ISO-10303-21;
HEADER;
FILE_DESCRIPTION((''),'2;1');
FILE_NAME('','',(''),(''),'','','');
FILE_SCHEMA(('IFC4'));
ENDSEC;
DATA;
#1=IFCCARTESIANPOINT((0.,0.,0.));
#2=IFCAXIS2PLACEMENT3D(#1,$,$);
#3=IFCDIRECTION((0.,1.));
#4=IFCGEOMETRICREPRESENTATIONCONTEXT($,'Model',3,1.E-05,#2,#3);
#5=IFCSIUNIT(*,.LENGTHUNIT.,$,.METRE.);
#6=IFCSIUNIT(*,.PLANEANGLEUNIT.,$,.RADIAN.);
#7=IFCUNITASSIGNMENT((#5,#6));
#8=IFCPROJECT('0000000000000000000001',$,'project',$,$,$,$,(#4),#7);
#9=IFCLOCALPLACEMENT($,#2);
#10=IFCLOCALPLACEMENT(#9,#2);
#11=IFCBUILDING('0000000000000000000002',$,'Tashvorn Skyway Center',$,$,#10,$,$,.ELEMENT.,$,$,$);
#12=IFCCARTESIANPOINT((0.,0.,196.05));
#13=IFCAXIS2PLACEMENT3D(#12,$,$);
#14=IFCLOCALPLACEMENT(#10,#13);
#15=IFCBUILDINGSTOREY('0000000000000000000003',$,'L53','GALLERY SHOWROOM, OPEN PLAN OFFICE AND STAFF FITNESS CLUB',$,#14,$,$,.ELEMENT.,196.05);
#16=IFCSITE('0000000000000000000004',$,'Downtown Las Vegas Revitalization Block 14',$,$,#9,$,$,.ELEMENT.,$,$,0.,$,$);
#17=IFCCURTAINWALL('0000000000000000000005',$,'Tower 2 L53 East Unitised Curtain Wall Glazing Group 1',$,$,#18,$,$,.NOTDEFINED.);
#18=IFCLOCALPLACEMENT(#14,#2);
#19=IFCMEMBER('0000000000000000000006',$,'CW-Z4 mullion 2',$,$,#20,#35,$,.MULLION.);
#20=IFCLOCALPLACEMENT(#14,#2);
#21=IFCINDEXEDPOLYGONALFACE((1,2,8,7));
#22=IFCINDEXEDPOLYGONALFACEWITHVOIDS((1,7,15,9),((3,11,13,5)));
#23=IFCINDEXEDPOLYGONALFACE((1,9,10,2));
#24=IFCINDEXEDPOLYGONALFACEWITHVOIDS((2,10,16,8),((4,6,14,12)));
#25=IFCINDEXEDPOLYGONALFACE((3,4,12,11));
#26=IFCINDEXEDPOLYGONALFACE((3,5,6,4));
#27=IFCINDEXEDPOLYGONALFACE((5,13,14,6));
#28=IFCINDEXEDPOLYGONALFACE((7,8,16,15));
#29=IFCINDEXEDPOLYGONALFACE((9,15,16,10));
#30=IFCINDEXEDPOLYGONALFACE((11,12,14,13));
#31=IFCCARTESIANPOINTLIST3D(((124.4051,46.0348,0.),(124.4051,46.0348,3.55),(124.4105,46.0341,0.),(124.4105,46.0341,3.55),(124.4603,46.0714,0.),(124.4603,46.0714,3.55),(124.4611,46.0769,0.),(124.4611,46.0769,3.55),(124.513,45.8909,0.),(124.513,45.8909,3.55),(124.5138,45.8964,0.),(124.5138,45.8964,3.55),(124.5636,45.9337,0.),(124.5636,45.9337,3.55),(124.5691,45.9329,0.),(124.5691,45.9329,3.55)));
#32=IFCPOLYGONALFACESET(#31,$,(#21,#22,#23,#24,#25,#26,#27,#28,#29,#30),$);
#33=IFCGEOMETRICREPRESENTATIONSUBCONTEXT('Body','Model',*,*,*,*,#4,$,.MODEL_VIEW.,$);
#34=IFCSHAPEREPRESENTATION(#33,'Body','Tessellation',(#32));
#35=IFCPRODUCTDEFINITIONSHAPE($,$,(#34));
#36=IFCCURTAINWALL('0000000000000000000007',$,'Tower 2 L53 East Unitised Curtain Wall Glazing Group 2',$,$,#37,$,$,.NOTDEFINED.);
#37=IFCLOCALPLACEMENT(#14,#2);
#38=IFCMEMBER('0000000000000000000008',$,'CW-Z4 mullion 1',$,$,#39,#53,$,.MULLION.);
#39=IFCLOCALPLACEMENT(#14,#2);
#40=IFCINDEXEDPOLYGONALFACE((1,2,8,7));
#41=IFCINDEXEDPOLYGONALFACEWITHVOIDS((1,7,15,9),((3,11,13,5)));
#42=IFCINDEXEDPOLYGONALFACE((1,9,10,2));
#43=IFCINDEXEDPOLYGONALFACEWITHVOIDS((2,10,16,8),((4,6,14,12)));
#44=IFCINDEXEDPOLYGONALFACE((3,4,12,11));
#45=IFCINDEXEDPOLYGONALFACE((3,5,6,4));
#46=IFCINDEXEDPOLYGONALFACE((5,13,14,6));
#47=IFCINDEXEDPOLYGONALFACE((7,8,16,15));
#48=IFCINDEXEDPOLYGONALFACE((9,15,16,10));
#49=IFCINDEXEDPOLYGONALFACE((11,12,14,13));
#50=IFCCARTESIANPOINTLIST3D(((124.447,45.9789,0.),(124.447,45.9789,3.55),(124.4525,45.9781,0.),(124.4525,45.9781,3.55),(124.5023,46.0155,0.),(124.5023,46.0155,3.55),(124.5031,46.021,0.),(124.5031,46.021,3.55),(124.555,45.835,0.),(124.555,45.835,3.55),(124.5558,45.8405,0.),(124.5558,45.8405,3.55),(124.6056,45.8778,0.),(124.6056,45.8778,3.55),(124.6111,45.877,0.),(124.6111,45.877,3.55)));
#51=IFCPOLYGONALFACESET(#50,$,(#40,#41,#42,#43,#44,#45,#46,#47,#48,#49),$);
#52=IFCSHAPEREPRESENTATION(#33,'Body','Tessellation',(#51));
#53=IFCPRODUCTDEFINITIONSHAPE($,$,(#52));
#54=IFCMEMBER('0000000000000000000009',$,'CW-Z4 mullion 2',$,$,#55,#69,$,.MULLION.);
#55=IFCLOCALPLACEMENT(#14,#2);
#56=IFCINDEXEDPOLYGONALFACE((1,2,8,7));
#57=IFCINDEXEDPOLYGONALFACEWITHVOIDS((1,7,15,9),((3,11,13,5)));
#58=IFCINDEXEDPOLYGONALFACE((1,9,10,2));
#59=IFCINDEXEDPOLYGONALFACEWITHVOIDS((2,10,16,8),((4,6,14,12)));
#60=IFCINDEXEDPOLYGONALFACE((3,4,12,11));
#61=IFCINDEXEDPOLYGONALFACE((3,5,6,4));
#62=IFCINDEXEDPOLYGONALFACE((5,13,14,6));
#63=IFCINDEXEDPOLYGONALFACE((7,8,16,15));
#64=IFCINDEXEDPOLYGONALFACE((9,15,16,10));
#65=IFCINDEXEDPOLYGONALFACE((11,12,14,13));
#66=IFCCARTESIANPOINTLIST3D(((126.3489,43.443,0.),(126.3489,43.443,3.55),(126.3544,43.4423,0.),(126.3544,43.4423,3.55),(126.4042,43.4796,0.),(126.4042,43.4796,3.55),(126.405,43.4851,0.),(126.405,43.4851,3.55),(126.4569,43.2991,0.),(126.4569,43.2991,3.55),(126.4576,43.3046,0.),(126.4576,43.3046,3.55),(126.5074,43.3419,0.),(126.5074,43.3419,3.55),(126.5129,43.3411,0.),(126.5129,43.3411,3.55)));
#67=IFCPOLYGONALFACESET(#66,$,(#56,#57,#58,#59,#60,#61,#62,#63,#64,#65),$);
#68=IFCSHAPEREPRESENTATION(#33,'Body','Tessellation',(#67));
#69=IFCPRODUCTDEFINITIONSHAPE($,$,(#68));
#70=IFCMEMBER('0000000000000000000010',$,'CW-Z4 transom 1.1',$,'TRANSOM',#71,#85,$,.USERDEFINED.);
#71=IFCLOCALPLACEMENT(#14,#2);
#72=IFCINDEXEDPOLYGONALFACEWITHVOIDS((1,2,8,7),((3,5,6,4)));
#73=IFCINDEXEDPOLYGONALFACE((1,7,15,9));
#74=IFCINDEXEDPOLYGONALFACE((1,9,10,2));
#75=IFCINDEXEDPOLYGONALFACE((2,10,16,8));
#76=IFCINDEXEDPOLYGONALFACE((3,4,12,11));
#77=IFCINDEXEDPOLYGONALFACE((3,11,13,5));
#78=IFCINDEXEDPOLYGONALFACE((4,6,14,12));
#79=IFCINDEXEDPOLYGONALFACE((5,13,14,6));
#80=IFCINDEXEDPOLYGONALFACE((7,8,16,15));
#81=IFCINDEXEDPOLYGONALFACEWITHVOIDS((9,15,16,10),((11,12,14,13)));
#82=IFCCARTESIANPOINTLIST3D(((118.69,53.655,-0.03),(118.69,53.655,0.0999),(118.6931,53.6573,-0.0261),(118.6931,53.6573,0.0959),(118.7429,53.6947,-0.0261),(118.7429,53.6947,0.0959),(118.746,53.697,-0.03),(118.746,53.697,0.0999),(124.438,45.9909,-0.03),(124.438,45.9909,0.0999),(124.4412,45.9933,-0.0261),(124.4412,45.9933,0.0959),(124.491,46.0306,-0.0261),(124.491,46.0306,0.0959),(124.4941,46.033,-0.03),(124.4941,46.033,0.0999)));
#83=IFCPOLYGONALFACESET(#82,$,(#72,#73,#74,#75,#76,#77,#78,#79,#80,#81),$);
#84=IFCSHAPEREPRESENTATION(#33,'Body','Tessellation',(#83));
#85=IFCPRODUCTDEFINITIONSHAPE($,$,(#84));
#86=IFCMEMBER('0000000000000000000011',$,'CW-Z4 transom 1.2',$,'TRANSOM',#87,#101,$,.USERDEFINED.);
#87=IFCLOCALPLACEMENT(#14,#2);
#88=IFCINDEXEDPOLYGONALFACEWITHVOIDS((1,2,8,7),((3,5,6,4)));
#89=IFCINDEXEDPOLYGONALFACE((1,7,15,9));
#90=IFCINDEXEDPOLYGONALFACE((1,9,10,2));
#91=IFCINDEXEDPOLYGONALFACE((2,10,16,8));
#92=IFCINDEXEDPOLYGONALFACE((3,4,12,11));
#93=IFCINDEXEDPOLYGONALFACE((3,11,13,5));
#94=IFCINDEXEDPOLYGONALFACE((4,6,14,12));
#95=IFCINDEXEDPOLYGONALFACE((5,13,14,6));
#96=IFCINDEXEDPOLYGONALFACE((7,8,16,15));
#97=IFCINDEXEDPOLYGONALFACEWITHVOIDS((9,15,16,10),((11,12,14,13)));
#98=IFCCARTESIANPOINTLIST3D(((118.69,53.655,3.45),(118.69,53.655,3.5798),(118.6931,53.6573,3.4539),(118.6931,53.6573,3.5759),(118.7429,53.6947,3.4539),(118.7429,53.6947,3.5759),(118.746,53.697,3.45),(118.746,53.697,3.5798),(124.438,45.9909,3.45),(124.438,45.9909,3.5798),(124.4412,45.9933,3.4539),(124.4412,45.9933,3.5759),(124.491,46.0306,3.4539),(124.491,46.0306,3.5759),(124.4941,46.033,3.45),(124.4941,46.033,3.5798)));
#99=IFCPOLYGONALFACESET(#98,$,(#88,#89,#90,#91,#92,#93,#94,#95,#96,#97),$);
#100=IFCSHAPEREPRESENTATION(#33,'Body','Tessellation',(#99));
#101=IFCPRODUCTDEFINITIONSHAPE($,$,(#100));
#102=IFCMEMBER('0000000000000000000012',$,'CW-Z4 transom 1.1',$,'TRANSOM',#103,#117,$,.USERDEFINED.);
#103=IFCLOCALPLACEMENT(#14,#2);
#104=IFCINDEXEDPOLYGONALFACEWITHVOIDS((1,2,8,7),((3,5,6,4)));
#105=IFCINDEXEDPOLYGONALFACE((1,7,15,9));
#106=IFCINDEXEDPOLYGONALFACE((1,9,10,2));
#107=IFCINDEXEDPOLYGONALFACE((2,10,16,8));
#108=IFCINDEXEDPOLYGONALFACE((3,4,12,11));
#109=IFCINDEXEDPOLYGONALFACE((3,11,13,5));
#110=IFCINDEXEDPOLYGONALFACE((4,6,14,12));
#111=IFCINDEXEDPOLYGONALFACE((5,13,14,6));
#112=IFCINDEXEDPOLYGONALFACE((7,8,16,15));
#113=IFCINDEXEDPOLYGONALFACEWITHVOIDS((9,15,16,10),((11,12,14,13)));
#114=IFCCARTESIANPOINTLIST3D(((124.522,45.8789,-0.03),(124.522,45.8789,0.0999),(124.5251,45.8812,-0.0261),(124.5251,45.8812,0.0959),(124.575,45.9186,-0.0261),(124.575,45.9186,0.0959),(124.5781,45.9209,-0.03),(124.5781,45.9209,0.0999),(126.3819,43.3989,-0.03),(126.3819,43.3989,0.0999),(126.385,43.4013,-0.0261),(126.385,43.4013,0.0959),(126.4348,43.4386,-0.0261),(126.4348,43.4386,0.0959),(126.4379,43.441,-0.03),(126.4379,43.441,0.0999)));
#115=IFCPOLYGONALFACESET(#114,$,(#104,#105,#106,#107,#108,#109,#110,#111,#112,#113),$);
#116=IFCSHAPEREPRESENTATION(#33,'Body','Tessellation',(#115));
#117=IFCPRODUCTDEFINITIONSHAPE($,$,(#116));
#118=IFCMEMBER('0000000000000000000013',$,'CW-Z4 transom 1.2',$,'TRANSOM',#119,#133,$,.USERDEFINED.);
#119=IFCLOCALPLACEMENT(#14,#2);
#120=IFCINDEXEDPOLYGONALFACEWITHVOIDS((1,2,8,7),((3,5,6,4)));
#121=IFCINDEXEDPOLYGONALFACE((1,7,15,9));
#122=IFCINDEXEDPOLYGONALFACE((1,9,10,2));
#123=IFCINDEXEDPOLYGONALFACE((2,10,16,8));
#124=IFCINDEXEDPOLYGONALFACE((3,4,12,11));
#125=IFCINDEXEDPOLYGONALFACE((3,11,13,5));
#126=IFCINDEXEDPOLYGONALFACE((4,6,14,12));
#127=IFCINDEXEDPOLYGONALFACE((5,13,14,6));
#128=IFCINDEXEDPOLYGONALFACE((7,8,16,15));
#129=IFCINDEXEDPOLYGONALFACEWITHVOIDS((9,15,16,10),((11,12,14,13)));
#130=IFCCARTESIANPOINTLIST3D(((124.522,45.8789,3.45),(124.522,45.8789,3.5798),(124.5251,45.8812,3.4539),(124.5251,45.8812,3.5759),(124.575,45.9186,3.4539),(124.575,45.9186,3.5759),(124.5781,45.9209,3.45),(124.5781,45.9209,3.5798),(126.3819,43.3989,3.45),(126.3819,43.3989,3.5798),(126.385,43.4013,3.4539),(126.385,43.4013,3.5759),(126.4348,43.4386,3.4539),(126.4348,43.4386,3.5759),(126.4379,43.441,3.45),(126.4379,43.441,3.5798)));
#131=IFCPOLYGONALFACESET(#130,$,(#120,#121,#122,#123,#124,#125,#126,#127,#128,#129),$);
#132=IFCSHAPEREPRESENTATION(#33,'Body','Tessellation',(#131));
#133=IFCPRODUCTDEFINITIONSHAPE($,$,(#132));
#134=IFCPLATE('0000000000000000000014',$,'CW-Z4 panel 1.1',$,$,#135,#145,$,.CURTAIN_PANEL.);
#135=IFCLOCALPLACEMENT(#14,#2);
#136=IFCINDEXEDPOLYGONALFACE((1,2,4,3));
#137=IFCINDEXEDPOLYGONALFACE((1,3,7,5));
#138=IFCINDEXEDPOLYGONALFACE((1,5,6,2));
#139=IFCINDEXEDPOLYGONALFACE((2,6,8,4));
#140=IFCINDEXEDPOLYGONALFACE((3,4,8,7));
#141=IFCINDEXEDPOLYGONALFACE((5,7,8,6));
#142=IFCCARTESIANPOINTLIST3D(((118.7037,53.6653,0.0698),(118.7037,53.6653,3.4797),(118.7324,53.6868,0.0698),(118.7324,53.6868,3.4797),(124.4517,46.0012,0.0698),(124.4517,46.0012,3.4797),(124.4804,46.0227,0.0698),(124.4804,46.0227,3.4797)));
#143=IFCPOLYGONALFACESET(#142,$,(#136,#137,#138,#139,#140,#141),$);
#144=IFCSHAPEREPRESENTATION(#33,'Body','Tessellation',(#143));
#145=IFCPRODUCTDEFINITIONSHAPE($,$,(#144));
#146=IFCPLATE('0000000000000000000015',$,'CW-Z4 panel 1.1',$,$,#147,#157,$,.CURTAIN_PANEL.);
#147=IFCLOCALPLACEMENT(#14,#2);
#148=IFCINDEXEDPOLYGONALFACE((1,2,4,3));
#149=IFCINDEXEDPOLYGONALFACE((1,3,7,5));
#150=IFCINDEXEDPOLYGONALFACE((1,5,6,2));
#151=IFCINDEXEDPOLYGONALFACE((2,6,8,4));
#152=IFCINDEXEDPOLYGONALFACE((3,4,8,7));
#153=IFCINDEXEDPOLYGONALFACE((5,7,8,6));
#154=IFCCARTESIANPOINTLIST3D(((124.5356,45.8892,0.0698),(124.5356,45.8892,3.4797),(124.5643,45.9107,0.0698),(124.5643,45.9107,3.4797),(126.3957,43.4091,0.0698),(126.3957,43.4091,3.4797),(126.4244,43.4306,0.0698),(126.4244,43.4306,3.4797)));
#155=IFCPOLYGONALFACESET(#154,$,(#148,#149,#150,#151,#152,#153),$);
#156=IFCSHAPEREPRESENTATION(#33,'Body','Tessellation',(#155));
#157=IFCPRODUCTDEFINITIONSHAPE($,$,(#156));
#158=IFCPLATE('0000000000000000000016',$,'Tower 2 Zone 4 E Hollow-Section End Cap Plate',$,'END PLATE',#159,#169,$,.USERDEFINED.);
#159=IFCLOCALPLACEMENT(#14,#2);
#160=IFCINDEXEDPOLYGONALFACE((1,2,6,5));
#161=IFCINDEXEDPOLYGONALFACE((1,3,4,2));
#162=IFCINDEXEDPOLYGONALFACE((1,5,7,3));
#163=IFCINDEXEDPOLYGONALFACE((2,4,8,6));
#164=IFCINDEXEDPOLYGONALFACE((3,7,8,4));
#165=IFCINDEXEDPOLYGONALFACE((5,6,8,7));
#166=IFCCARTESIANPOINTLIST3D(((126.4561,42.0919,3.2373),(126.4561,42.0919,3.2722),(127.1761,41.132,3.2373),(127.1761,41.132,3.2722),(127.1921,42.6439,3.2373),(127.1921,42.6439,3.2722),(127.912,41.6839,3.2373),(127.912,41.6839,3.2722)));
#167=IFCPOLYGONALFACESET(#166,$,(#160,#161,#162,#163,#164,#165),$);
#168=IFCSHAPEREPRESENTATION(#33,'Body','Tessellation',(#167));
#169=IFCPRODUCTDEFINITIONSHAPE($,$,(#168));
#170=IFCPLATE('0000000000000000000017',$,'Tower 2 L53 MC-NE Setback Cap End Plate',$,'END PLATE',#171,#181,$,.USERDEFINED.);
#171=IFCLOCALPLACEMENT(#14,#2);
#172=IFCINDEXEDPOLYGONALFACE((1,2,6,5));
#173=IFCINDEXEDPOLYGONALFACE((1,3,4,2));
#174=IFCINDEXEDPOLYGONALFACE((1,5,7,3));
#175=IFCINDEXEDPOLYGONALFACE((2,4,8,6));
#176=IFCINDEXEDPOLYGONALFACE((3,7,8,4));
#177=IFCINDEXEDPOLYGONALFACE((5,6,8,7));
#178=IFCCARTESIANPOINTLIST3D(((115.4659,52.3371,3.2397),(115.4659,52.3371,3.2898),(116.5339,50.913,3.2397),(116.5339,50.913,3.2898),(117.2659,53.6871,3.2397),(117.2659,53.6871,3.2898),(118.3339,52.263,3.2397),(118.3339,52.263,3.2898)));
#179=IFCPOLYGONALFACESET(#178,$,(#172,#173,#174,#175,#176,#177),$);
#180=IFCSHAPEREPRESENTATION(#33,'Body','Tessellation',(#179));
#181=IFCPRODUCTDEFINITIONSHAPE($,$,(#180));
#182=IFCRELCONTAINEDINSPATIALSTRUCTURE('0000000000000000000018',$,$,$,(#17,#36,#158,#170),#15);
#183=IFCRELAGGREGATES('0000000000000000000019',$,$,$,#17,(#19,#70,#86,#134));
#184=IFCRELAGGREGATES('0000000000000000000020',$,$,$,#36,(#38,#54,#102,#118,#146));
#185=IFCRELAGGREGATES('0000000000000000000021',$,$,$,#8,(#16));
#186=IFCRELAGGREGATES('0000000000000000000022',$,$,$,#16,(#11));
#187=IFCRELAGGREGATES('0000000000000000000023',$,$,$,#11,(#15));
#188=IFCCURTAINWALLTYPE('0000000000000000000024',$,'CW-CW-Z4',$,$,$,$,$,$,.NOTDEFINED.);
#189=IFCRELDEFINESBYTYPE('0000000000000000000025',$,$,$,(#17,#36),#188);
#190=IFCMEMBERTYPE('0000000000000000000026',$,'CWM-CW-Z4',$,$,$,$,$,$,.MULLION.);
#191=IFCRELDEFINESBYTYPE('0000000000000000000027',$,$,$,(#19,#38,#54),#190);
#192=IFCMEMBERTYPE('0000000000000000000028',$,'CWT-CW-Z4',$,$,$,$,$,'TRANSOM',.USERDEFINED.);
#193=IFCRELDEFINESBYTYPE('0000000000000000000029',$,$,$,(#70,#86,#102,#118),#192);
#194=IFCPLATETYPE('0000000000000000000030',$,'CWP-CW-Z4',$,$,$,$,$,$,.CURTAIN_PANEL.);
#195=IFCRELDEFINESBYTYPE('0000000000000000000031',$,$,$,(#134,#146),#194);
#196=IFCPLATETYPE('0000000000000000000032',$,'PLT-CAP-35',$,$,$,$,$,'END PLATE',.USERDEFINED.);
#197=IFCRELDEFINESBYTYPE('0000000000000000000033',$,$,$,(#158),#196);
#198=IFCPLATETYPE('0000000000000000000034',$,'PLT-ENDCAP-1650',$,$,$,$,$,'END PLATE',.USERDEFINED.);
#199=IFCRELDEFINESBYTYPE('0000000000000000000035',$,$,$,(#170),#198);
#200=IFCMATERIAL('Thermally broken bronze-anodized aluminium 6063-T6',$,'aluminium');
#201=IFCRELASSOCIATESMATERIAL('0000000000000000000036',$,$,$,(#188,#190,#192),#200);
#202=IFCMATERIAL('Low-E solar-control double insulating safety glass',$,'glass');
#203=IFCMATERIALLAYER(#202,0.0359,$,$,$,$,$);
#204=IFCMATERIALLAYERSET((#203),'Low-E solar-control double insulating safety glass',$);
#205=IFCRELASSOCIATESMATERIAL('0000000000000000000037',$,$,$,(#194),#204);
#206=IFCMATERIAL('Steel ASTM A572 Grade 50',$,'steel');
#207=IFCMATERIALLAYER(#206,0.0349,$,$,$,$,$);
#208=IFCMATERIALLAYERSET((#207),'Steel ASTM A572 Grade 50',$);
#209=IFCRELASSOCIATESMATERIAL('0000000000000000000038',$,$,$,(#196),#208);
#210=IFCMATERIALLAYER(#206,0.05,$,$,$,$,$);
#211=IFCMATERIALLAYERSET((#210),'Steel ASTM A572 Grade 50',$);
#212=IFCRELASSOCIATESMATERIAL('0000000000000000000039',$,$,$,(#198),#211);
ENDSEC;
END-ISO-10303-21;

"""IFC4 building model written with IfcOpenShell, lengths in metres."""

from ifc_helpers import new_model, si_unit, direction, frame, origin, origin_2d, place, context, subcontext, project, spatial, rectangle, hollow_rectangle, extrude, material, layer, layer_set, material_profile, profile_set, type_object, element, aggregate, save


model = new_model("IFC4")

# Units and contexts
model_context = context("Model", 3, precision=1e-05, world=origin(), true_north=direction((0.0, 1.0)))
body_context = subcontext(model_context, "Body", "Model", "MODEL_VIEW")
ifc_project = project(units=[si_unit("LENGTHUNIT", "METRE"), si_unit("PLANEANGLEUNIT", "RADIAN")], contexts=[model_context])

# Site, building, storey
site_placement = place(None, origin())
site = spatial("IfcSite", under=ifc_project, at=site_placement, Name="Downtown Las Vegas Revitalization Block 14", CompositionType="ELEMENT", RefElevation=0.0)
building_placement = place(site_placement, origin())
building = spatial("IfcBuilding", under=site, at=building_placement, Name="Tashvorn Skyway Center", CompositionType="ELEMENT")
storey_placement = place(building_placement, frame((0.0, 0.0, 196.05)))
storey = spatial("IfcBuildingStorey", under=building, at=storey_placement, Name="L53", Description="GALLERY SHOWROOM, OPEN PLAN OFFICE AND STAFF FITNESS CLUB", CompositionType="ELEMENT", Elevation=196.05)

# Shared definitions
ifc_material_1 = material(Name="Steel ASTM A572 Grade 50", Category="steel")

# Shared definitions
ifc_material_2 = material(Name="Thermally broken bronze-anodized aluminium 6063-T6", Category="aluminium")
curtain_wall_type = type_object("IfcCurtainWallType", Name="CW-CW-Z4", PredefinedType="NOTDEFINED", material=ifc_material_2)
ifc_material_profile_1 = material_profile(ifc_material_2, hollow_rectangle(XDim=0.0701, YDim=0.1799, WallThickness=0.0039, at=origin_2d()), Name="ALU-MULL-70x180")
ifc_profile_set_1 = profile_set([ifc_material_profile_1], Name="Thermally broken bronze-anodized aluminium 6063-T6")
member_type_1 = type_object("IfcMemberType", Name="CWM-CW-Z4", PredefinedType="MULLION", material=ifc_profile_set_1)

# Curtain walls, members
curtain_wall_1_placement = place(storey_placement, origin())
curtain_wall_1 = element("IfcCurtainWall", 1, at=curtain_wall_1_placement, inside=storey, type_object=curtain_wall_type, Name="Tower 2 L53 East Unitised Curtain Wall Glazing Group 1", PredefinedType="NOTDEFINED")
member_1_placement = place(storey_placement, frame((124.4871, 45.9839, 0.0), z_axis=(0.0, 0.0, 1.0), x_axis=(0.8, 0.6, 0.0)))
member_1 = element("IfcMember", 2, at=member_1_placement, type_object=member_type_1, Name="CW-Z4 mullion 2", PredefinedType="MULLION", context=body_context, shape_type="SweptSolid", body=[
    extrude(hollow_rectangle(XDim=0.0701, YDim=0.1799, WallThickness=0.0039, at=origin_2d()), origin(), (0.0, 0.0, 1.0), 3.55),
])
curtain_wall_2_placement = place(storey_placement, origin())
curtain_wall_2 = element("IfcCurtainWall", 3, at=curtain_wall_2_placement, inside=storey, type_object=curtain_wall_type, Name="Tower 2 L53 East Unitised Curtain Wall Glazing Group 2", PredefinedType="NOTDEFINED")
member_2_placement = place(storey_placement, frame((124.5291, 45.928, 0.0), z_axis=(0.0, 0.0, 1.0), x_axis=(0.8, 0.6, 0.0)))
member_2 = element("IfcMember", 4, at=member_2_placement, type_object=member_type_1, Name="CW-Z4 mullion 1", PredefinedType="MULLION", context=body_context, shape_type="SweptSolid", body=[
    extrude(hollow_rectangle(XDim=0.0701, YDim=0.1799, WallThickness=0.0039, at=origin_2d()), origin(), (0.0, 0.0, 1.0), 3.55),
])
member_3_placement = place(storey_placement, frame((126.4309, 43.3921, 0.0), z_axis=(0.0, 0.0, 1.0), x_axis=(0.8, 0.6, 0.0)))
member_3 = element("IfcMember", 5, at=member_3_placement, type_object=member_type_1, Name="CW-Z4 mullion 2", PredefinedType="MULLION", context=body_context, shape_type="SweptSolid", body=[
    extrude(hollow_rectangle(XDim=0.0701, YDim=0.1799, WallThickness=0.0039, at=origin_2d()), origin(), (0.0, 0.0, 1.0), 3.55),
])

# Members
ifc_material_profile_2 = material_profile(ifc_material_2, hollow_rectangle(XDim=0.0701, YDim=0.1299, WallThickness=0.0039, at=origin_2d()), Name="ALU-TRAN-70x130")
ifc_profile_set_2 = profile_set([ifc_material_profile_2], Name="Thermally broken bronze-anodized aluminium 6063-T6")
member_type_2 = type_object("IfcMemberType", Name="CWT-CW-Z4", ElementType="TRANSOM", PredefinedType="USERDEFINED", material=ifc_profile_set_2)
member_4_placement = place(storey_placement, frame((118.718, 53.676, 0.0349), z_axis=(0.6, -0.8, 0.0), x_axis=(0.8, 0.6, 0.0)))
member_4 = element("IfcMember", 6, at=member_4_placement, type_object=member_type_2, Name="CW-Z4 transom 1.1", ObjectType="TRANSOM", PredefinedType="USERDEFINED", context=body_context, shape_type="SweptSolid", body=[
    extrude(hollow_rectangle(XDim=0.0701, YDim=0.1299, WallThickness=0.0039, at=origin_2d()), origin(), (0.0, 0.0, 1.0), 9.5801),
])
member_5_placement = place(storey_placement, frame((118.718, 53.676, 3.5149), z_axis=(0.6, -0.8, 0.0), x_axis=(0.8, 0.6, 0.0)))
member_5 = element("IfcMember", 7, at=member_5_placement, type_object=member_type_2, Name="CW-Z4 transom 1.2", ObjectType="TRANSOM", PredefinedType="USERDEFINED", context=body_context, shape_type="SweptSolid", body=[
    extrude(hollow_rectangle(XDim=0.0701, YDim=0.1299, WallThickness=0.0039, at=origin_2d()), origin(), (0.0, 0.0, 1.0), 9.5801),
])
member_6_placement = place(storey_placement, frame((124.55, 45.8999, 0.0349), z_axis=(0.599975, -0.800019, 0.0), x_axis=(0.800019, 0.599975, 0.0)))
member_6 = element("IfcMember", 8, at=member_6_placement, type_object=member_type_2, Name="CW-Z4 transom 1.1", ObjectType="TRANSOM", PredefinedType="USERDEFINED", context=body_context, shape_type="SweptSolid", body=[
    extrude(hollow_rectangle(XDim=0.0701, YDim=0.1299, WallThickness=0.0039, at=origin_2d()), origin(), (0.0, 0.0, 1.0), 3.0999),
])
member_7_placement = place(storey_placement, frame((124.55, 45.8999, 3.5149), z_axis=(0.599975, -0.800019, 0.0), x_axis=(0.800019, 0.599975, 0.0)))
member_7 = element("IfcMember", 9, at=member_7_placement, type_object=member_type_2, Name="CW-Z4 transom 1.2", ObjectType="TRANSOM", PredefinedType="USERDEFINED", context=body_context, shape_type="SweptSolid", body=[
    extrude(hollow_rectangle(XDim=0.0701, YDim=0.1299, WallThickness=0.0039, at=origin_2d()), origin(), (0.0, 0.0, 1.0), 3.0999),
])

# Plates
ifc_material_3 = material(Name="Low-E solar-control double insulating safety glass", Category="glass")
ifc_layer_1 = layer(ifc_material_3, 0.0359)
ifc_layer_set_1 = layer_set([ifc_layer_1], Name="Low-E solar-control double insulating safety glass")
plate_type_1 = type_object("IfcPlateType", Name="CWP-CW-Z4", PredefinedType="CURTAIN_PANEL", material=ifc_layer_set_1)
plate_1_placement = place(storey_placement, frame((121.592, 49.844, 0.0698), z_axis=(0.0, 0.0, 1.0), x_axis=(0.6, -0.8, 0.0)))
plate_1 = element("IfcPlate", 10, at=plate_1_placement, type_object=plate_type_1, Name="CW-Z4 panel 1.1", PredefinedType="CURTAIN_PANEL", context=body_context, shape_type="SweptSolid", body=[
    extrude(rectangle(XDim=9.5801, YDim=0.0359, at=origin_2d()), origin(), (0.0, 0.0, 1.0), 3.4099),
])
aggregate(curtain_wall_1, [member_1, member_4, member_5, plate_1])
plate_2_placement = place(storey_placement, frame((125.48, 44.6599, 0.0698), z_axis=(0.0, 0.0, 1.0), x_axis=(0.6, -0.8, 0.0)))
plate_2 = element("IfcPlate", 11, at=plate_2_placement, type_object=plate_type_1, Name="CW-Z4 panel 1.1", PredefinedType="CURTAIN_PANEL", context=body_context, shape_type="SweptSolid", body=[
    extrude(rectangle(XDim=3.1001, YDim=0.0359, at=origin_2d()), origin(), (0.0, 0.0, 1.0), 3.4099),
])
aggregate(curtain_wall_2, [member_2, member_3, member_6, member_7, plate_2])

# Plates
ifc_layer_2 = layer(ifc_material_1, 0.0349)
ifc_layer_set_2 = layer_set([ifc_layer_2], Name="Steel ASTM A572 Grade 50")
plate_type_2 = type_object("IfcPlateType", Name="PLT-CAP-35", ElementType="END PLATE", PredefinedType="USERDEFINED", material=ifc_layer_set_2)
plate_3_placement = place(storey_placement, frame((127.1841, 41.8879, 3.2373), z_axis=(0.0, 0.0, 1.0), x_axis=(-0.6, 0.8, 0.0)))
element("IfcPlate", 12, at=plate_3_placement, inside=storey, type_object=plate_type_2, Name="Tower 2 Zone 4 E Hollow-Section End Cap Plate", ObjectType="END PLATE", PredefinedType="USERDEFINED", context=body_context, shape_type="SweptSolid", body=[
    extrude(rectangle(XDim=1.2, YDim=0.9199, at=origin_2d()), origin(), (0.0, 0.0, 1.0), 0.0349),
])
ifc_layer_3 = layer(ifc_material_1, 0.05)
ifc_layer_set_3 = layer_set([ifc_layer_3], Name="Steel ASTM A572 Grade 50")
plate_type_3 = type_object("IfcPlateType", Name="PLT-ENDCAP-1650", ElementType="END PLATE", PredefinedType="USERDEFINED", material=ifc_layer_set_3)
plate_4_placement = place(storey_placement, frame((116.8999, 52.3, 3.2397), z_axis=(0.0, 0.0, 1.0), x_axis=(0.8, 0.6, 0.0)))
element("IfcPlate", 13, at=plate_4_placement, inside=storey, type_object=plate_type_3, Name="Tower 2 L53 MC-NE Setback Cap End Plate", ObjectType="END PLATE", PredefinedType="USERDEFINED", context=body_context, shape_type="SweptSolid", body=[
    extrude(rectangle(XDim=2.25, YDim=1.78, at=origin_2d()), origin(), (0.0, 0.0, 1.0), 0.05),
])

save(model, "model.ifc")
